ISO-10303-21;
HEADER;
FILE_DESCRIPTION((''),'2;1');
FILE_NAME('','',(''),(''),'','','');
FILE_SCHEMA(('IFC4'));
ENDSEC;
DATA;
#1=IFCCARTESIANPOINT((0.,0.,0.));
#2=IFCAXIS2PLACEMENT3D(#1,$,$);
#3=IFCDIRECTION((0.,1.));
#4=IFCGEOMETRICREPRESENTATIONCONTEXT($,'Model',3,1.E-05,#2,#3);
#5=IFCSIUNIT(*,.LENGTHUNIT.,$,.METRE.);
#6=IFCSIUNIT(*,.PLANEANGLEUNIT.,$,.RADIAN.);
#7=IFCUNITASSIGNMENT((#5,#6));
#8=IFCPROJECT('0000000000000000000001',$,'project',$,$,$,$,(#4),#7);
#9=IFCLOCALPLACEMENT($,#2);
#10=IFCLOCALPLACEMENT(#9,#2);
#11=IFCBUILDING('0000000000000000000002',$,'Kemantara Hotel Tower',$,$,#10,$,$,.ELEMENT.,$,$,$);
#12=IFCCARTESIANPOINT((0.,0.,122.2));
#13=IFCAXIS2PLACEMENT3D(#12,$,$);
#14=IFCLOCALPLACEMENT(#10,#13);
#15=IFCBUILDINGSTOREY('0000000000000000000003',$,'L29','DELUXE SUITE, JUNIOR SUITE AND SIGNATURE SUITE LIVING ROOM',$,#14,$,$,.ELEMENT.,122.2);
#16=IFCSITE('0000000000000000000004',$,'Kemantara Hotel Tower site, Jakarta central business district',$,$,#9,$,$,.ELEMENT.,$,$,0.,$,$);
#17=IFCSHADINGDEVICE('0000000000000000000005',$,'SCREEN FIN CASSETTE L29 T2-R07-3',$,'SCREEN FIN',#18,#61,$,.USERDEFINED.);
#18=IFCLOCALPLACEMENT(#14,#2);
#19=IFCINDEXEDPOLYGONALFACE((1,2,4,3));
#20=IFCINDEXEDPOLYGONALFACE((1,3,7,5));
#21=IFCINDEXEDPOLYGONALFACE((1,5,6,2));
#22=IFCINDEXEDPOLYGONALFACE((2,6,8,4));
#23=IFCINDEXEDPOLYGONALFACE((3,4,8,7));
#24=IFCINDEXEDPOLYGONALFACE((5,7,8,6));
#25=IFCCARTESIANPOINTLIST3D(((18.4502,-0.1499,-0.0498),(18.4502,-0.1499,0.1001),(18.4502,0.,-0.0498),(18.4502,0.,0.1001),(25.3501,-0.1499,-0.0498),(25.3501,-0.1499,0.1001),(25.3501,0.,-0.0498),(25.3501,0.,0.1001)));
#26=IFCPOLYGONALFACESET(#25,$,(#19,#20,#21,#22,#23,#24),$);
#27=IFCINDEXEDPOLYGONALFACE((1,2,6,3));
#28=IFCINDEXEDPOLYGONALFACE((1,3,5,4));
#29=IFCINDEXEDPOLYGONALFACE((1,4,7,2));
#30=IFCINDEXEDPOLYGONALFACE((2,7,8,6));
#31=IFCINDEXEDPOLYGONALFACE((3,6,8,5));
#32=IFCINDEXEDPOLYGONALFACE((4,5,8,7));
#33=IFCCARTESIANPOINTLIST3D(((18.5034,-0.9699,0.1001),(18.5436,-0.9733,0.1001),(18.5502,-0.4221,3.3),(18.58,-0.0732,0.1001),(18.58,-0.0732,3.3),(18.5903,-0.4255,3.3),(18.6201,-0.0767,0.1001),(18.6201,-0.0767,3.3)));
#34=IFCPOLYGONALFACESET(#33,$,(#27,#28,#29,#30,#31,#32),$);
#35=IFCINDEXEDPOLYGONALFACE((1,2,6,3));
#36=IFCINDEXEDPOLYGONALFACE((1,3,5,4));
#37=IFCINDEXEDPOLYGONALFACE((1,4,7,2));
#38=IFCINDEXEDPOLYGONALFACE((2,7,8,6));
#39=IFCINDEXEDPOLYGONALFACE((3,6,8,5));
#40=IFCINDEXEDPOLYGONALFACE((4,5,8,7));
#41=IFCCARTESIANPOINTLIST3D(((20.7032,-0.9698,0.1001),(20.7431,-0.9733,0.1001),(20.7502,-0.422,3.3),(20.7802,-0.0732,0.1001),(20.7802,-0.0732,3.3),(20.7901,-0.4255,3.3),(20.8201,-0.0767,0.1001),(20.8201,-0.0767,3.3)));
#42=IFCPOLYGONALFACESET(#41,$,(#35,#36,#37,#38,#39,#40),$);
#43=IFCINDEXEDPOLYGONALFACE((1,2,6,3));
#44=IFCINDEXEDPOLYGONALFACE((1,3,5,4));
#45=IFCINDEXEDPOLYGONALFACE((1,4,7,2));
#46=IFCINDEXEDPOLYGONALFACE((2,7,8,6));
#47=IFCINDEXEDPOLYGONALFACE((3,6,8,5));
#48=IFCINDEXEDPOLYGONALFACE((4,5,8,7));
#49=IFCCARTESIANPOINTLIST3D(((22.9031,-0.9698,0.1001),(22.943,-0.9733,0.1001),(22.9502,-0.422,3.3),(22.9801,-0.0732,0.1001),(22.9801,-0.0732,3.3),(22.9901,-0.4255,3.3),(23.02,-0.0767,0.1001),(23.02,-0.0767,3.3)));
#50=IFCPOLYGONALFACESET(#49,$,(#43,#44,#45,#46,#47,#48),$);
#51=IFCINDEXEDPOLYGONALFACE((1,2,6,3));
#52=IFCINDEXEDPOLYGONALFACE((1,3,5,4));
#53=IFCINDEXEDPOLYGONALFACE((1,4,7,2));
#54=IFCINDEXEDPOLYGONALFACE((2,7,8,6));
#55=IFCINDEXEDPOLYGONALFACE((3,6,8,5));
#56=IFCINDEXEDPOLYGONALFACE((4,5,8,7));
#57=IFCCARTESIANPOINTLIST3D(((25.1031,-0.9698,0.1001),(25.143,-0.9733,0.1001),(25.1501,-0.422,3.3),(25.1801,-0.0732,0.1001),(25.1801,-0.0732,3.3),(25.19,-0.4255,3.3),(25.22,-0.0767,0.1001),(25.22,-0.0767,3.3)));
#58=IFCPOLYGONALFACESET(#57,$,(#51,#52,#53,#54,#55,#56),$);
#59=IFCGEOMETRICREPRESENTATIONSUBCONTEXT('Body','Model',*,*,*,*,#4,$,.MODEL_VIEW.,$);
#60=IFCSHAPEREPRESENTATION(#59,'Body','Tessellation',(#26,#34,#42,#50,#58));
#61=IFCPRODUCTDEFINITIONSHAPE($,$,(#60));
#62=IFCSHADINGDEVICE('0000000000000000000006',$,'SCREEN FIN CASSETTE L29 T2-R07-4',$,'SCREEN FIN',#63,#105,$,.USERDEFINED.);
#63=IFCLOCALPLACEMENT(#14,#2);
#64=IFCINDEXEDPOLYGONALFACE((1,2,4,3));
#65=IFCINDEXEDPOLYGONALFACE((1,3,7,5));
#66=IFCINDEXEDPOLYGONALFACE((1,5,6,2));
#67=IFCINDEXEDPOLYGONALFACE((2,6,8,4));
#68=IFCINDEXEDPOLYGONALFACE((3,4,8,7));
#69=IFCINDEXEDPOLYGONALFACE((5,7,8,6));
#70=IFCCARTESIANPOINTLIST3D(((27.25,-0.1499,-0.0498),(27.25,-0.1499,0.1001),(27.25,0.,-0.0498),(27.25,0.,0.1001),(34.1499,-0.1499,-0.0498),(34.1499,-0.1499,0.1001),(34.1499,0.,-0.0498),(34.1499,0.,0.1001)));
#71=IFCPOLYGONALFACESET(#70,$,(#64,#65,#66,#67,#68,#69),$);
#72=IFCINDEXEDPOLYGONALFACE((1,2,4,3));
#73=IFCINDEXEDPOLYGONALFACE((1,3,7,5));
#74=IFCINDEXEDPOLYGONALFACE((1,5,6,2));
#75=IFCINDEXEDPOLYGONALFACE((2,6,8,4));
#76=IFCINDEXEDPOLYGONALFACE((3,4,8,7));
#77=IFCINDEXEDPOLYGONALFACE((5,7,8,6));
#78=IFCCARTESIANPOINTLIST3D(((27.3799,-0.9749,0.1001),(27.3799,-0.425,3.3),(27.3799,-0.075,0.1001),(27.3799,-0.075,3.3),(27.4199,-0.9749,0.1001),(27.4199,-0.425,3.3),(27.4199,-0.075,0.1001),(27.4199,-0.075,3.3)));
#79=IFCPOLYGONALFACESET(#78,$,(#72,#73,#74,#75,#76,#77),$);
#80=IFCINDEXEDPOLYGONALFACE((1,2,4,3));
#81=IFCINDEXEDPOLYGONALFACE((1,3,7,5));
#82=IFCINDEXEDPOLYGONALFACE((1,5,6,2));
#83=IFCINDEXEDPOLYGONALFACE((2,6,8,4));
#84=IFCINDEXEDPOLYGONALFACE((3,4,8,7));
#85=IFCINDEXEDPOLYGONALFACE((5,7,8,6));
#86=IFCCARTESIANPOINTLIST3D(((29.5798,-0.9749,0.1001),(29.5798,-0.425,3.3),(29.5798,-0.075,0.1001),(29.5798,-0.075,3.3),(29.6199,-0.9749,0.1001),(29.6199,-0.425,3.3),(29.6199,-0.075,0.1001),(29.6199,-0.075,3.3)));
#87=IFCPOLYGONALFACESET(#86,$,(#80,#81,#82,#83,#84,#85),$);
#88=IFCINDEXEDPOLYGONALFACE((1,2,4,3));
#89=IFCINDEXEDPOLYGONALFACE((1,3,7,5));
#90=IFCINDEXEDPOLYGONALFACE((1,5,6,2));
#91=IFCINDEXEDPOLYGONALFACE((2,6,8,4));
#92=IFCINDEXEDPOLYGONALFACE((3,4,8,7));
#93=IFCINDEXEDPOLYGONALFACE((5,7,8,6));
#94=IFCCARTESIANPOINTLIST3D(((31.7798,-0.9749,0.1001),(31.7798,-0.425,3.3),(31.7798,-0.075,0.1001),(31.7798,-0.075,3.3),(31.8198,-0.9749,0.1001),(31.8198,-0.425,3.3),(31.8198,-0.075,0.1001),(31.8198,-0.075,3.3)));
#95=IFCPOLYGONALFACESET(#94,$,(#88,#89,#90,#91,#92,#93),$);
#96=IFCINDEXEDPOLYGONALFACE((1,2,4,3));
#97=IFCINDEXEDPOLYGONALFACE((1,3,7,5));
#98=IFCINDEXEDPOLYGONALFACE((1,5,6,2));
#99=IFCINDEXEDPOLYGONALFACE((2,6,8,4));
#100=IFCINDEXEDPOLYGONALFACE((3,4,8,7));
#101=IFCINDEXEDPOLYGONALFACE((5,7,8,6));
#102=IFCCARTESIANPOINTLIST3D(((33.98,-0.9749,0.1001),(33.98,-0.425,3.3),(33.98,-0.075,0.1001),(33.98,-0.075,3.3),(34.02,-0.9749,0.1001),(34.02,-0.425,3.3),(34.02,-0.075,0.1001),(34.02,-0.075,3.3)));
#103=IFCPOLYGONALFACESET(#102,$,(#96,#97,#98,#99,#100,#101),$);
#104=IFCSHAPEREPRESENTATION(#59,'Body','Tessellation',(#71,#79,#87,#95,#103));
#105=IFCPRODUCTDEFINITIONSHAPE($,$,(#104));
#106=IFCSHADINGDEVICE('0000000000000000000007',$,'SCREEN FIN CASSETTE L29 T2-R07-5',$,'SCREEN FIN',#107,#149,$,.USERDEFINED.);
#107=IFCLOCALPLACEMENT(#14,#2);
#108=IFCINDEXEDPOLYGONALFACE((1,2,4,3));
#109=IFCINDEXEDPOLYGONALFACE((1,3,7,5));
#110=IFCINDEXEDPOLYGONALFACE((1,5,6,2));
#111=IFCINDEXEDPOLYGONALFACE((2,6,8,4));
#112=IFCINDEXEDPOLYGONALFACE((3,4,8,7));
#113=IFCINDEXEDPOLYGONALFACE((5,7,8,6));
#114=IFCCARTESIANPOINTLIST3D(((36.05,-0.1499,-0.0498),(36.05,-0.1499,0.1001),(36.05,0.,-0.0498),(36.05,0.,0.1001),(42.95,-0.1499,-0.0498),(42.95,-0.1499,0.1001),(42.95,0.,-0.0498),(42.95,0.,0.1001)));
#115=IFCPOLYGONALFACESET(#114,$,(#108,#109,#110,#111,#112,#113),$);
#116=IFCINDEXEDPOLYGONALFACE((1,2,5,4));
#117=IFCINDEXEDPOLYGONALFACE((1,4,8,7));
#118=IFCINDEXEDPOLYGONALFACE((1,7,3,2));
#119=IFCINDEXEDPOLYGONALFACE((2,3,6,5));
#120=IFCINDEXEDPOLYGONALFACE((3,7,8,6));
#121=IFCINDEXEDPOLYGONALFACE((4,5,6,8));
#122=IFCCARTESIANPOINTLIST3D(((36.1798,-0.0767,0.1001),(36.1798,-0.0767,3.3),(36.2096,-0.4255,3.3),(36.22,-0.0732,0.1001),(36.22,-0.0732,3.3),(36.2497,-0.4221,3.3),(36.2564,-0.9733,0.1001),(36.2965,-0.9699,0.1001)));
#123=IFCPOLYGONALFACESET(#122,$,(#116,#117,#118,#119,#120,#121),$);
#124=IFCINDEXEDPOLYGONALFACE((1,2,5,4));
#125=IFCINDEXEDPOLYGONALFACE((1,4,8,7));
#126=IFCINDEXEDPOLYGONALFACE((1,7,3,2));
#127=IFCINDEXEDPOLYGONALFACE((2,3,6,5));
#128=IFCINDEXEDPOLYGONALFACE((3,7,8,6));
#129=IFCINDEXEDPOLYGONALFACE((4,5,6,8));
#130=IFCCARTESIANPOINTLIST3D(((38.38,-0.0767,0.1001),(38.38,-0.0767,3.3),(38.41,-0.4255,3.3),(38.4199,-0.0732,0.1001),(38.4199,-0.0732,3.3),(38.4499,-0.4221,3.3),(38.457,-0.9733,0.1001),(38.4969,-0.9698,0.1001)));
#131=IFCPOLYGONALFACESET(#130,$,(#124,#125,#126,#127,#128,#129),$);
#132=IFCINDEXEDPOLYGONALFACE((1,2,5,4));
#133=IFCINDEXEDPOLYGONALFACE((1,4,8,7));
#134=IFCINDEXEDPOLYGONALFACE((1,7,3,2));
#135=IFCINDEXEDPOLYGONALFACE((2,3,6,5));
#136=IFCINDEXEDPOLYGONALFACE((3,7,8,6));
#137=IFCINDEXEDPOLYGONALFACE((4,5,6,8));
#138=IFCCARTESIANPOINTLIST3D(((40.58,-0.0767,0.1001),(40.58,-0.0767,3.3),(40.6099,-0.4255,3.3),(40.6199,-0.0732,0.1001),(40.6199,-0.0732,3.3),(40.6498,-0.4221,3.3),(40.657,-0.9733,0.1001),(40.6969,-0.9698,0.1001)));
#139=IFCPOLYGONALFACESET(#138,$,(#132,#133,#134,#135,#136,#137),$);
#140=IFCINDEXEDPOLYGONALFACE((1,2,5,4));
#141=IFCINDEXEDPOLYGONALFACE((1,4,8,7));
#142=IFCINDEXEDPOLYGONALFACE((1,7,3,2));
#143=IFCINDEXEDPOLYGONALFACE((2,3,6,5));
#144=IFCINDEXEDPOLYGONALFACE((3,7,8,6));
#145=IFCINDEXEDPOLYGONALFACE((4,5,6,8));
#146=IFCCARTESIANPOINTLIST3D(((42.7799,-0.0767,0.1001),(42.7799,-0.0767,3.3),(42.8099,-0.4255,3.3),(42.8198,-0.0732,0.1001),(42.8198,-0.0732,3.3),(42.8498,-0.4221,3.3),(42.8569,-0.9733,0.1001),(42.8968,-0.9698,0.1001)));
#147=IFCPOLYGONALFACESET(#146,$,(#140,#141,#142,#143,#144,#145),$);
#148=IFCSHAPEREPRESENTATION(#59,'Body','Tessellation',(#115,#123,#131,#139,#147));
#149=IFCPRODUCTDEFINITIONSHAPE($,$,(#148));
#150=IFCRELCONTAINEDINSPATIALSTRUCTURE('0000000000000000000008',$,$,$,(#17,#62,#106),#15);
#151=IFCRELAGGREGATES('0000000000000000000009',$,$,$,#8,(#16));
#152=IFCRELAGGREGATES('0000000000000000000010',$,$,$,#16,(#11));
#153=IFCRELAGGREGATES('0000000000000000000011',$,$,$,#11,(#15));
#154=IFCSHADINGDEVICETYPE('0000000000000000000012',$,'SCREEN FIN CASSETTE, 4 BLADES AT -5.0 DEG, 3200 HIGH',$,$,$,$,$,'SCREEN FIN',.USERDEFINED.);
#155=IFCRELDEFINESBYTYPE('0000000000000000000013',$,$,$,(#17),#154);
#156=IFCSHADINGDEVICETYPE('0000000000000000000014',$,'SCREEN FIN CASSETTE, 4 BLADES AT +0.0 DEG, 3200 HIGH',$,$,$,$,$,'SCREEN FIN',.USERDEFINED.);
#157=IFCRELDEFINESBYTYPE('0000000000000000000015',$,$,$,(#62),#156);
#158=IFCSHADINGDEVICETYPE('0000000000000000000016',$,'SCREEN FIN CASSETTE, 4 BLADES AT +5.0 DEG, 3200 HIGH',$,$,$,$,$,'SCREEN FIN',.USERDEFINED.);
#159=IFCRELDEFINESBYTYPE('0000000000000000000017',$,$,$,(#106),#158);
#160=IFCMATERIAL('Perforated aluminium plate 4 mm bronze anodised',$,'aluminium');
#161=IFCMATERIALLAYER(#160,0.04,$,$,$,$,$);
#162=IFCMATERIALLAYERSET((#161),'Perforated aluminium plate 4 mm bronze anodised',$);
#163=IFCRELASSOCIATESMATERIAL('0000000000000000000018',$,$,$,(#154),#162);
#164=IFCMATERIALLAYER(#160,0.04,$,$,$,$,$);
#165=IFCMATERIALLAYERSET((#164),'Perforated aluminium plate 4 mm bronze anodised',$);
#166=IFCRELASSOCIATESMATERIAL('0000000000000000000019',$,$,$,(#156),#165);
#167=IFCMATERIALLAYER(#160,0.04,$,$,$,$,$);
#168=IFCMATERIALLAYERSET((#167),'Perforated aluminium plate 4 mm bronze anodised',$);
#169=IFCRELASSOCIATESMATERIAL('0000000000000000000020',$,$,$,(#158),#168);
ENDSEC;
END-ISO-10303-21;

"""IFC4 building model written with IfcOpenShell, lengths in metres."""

from ifc_helpers import new_model, si_unit, direction, frame, origin, origin_2d, place, context, subcontext, project, spatial, polyline, rectangle, outline, extrude, source, transform, mapped, material, layer, layer_set, type_object, element, save


model = new_model("IFC4")

# Units and contexts
model_context = context("Model", 3, precision=1e-05, world=origin(), true_north=direction((0.0, 1.0)))
body_context = subcontext(model_context, "Body", "Model", "MODEL_VIEW")
ifc_project = project(units=[si_unit("LENGTHUNIT", "METRE"), si_unit("PLANEANGLEUNIT", "RADIAN")], contexts=[model_context])

# Site, building, storey
site_placement = place(None, origin())
site = spatial("IfcSite", under=ifc_project, at=site_placement, Name="Kemantara Hotel Tower site, Jakarta central business district", CompositionType="ELEMENT", RefElevation=0.0)
building_placement = place(site_placement, origin())
building = spatial("IfcBuilding", under=site, at=building_placement, Name="Kemantara Hotel Tower", CompositionType="ELEMENT")
storey_placement = place(building_placement, frame((0.0, 0.0, 122.2)))
storey = spatial("IfcBuildingStorey", under=building, at=storey_placement, Name="L29", Description="DELUXE SUITE, JUNIOR SUITE AND SIGNATURE SUITE LIVING ROOM", CompositionType="ELEMENT", Elevation=122.2)

# Shading devices
ifc_material_1 = material(Name="Perforated aluminium plate 4 mm bronze anodised", Category="aluminium")
ifc_layer_1 = layer(ifc_material_1, 0.04)
ifc_layer_set_1 = layer_set([ifc_layer_1], Name="Perforated aluminium plate 4 mm bronze anodised")
shading_device_type_1 = type_object("IfcShadingDeviceType", Name="SCREEN FIN CASSETTE, 4 BLADES AT -5.0 DEG, 3200 HIGH", ElementType="SCREEN FIN", PredefinedType="USERDEFINED", material=ifc_layer_set_1)
shared_shape_1 = source(origin(), body_context, "Body", "SweptSolid", [
    extrude(rectangle(XDim=6.8999, YDim=0.1499, at=origin_2d()), frame((3.3, -0.075, -0.1499), z_axis=(0.0, 0.0, 1.0), x_axis=(1.0, 0.0, 0.0)), (0.0, 0.0, 1.0), 0.1499),
    extrude(outline(polyline([(0.0, 0.0), (0.8999, 0.0), (0.3501, 3.2), (0.0, 3.2), (0.0, 0.0)])), frame((0.02, -0.0767, 0.0), z_axis=(-0.996376, 0.085056, 0.0), x_axis=(-0.085056, -0.996376, 0.0)), (0.0, 0.0, 1.0), 0.0403),
    extrude(outline(polyline([(0.0, 0.0), (0.8999, 0.0), (0.3501, 3.2), (0.0, 3.2), (0.0, 0.0)])), frame((2.22, -0.0767, 0.0), z_axis=(-0.996332, 0.085575, 0.0), x_axis=(-0.085575, -0.996332, 0.0)), (0.0, 0.0, 1.0), 0.04),
    extrude(outline(polyline([(0.0, 0.0), (0.8999, 0.0), (0.3501, 3.2), (0.0, 3.2), (0.0, 0.0)])), frame((4.4199, -0.0767, 0.0), z_axis=(-0.996332, 0.085575, 0.0), x_axis=(-0.085575, -0.996332, 0.0)), (0.0, 0.0, 1.0), 0.04),
    extrude(outline(polyline([(0.0, 0.0), (0.8999, 0.0), (0.3501, 3.2), (0.0, 3.2), (0.0, 0.0)])), frame((6.6199, -0.0767, 0.0), z_axis=(-0.996332, 0.085575, 0.0), x_axis=(-0.085575, -0.996332, 0.0)), (0.0, 0.0, 1.0), 0.04),
])
shading_device_1_placement = place(storey_placement, frame((18.6001, 0.0, 0.1001), z_axis=(0.0, 0.0, 1.0), x_axis=(1.0, 0.0, 0.0)))
element("IfcShadingDevice", 1, at=shading_device_1_placement, inside=storey, type_object=shading_device_type_1, Name="SCREEN FIN CASSETTE L29 T2-R07-3", ObjectType="SCREEN FIN", PredefinedType="USERDEFINED", context=body_context, shape_type="MappedRepresentation", body=[
    mapped(shared_shape_1, transform((0.0, 0.0, 0.0))),
])
ifc_layer_2 = layer(ifc_material_1, 0.04)
ifc_layer_set_2 = layer_set([ifc_layer_2], Name="Perforated aluminium plate 4 mm bronze anodised")
shading_device_type_2 = type_object("IfcShadingDeviceType", Name="SCREEN FIN CASSETTE, 4 BLADES AT +0.0 DEG, 3200 HIGH", ElementType="SCREEN FIN", PredefinedType="USERDEFINED", material=ifc_layer_set_2)
shared_shape_2 = source(origin(), body_context, "Body", "SweptSolid", [
    extrude(rectangle(XDim=6.8999, YDim=0.1499, at=origin_2d()), frame((3.3, -0.075, -0.1499), z_axis=(0.0, 0.0, 1.0), x_axis=(1.0, 0.0, 0.0)), (0.0, 0.0, 1.0), 0.1499),
    extrude(outline(polyline([(0.0, 0.0), (0.8999, 0.0), (0.3501, 3.2), (0.0, 3.2), (0.0, 0.0)])), frame((0.02, -0.075, 0.0), z_axis=(-1.0, 0.0, 0.0), x_axis=(0.0, -1.0, 0.0)), (0.0, 0.0, 1.0), 0.04),
    extrude(outline(polyline([(0.0, 0.0), (0.8999, 0.0), (0.3501, 3.2), (0.0, 3.2), (0.0, 0.0)])), frame((2.22, -0.075, 0.0), z_axis=(-1.0, 0.0, 0.0), x_axis=(0.0, -1.0, 0.0)), (0.0, 0.0, 1.0), 0.04),
    extrude(outline(polyline([(0.0, 0.0), (0.8999, 0.0), (0.3501, 3.2), (0.0, 3.2), (0.0, 0.0)])), frame((4.4199, -0.075, 0.0), z_axis=(-1.0, 0.0, 0.0), x_axis=(0.0, -1.0, 0.0)), (0.0, 0.0, 1.0), 0.04),
    extrude(outline(polyline([(0.0, 0.0), (0.8999, 0.0), (0.3501, 3.2), (0.0, 3.2), (0.0, 0.0)])), frame((6.6201, -0.075, 0.0), z_axis=(-1.0, 0.0, 0.0), x_axis=(0.0, -1.0, 0.0)), (0.0, 0.0, 1.0), 0.04),
])
shading_device_2_placement = place(storey_placement, frame((27.3999, 0.0, 0.1001), z_axis=(0.0, 0.0, 1.0), x_axis=(1.0, 0.0, 0.0)))
element("IfcShadingDevice", 2, at=shading_device_2_placement, inside=storey, type_object=shading_device_type_2, Name="SCREEN FIN CASSETTE L29 T2-R07-4", ObjectType="SCREEN FIN", PredefinedType="USERDEFINED", context=body_context, shape_type="MappedRepresentation", body=[
    mapped(shared_shape_2, transform((0.0, 0.0, 0.0))),
])
ifc_layer_3 = layer(ifc_material_1, 0.04)
ifc_layer_set_3 = layer_set([ifc_layer_3], Name="Perforated aluminium plate 4 mm bronze anodised")
shading_device_type_3 = type_object("IfcShadingDeviceType", Name="SCREEN FIN CASSETTE, 4 BLADES AT +5.0 DEG, 3200 HIGH", ElementType="SCREEN FIN", PredefinedType="USERDEFINED", material=ifc_layer_set_3)
shared_shape_3 = source(origin(), body_context, "Body", "SweptSolid", [
    extrude(rectangle(XDim=6.8999, YDim=0.1499, at=origin_2d()), frame((3.3, -0.075, -0.1499), z_axis=(0.0, 0.0, 1.0), x_axis=(1.0, 0.0, 0.0)), (0.0, 0.0, 1.0), 0.1499),
    extrude(outline(polyline([(0.0, 0.0), (0.8999, 0.0), (0.3501, 3.2), (0.0, 3.2), (0.0, 0.0)])), frame((0.02, -0.0732, 0.0), z_axis=(-0.996376, -0.085056, 0.0), x_axis=(0.085056, -0.996376, 0.0)), (0.0, 0.0, 1.0), 0.0403),
    extrude(outline(polyline([(0.0, 0.0), (0.8999, 0.0), (0.3501, 3.2), (0.0, 3.2), (0.0, 0.0)])), frame((2.22, -0.0732, 0.0), z_axis=(-0.996332, -0.085575, 0.0), x_axis=(0.085575, -0.996332, 0.0)), (0.0, 0.0, 1.0), 0.04),
    extrude(outline(polyline([(0.0, 0.0), (0.8999, 0.0), (0.3501, 3.2), (0.0, 3.2), (0.0, 0.0)])), frame((4.4199, -0.0732, 0.0), z_axis=(-0.996332, -0.085575, 0.0), x_axis=(0.085575, -0.996332, 0.0)), (0.0, 0.0, 1.0), 0.04),
    extrude(outline(polyline([(0.0, 0.0), (0.8999, 0.0), (0.3501, 3.2), (0.0, 3.2), (0.0, 0.0)])), frame((6.6199, -0.0732, 0.0), z_axis=(-0.996332, -0.085575, 0.0), x_axis=(0.085575, -0.996332, 0.0)), (0.0, 0.0, 1.0), 0.04),
])
shading_device_3_placement = place(storey_placement, frame((36.2, 0.0, 0.1001), z_axis=(0.0, 0.0, 1.0), x_axis=(1.0, 0.0, 0.0)))
element("IfcShadingDevice", 3, at=shading_device_3_placement, inside=storey, type_object=shading_device_type_3, Name="SCREEN FIN CASSETTE L29 T2-R07-5", ObjectType="SCREEN FIN", PredefinedType="USERDEFINED", context=body_context, shape_type="MappedRepresentation", body=[
    mapped(shared_shape_3, transform((0.0, 0.0, 0.0))),
])

save(model, "model.ifc")
